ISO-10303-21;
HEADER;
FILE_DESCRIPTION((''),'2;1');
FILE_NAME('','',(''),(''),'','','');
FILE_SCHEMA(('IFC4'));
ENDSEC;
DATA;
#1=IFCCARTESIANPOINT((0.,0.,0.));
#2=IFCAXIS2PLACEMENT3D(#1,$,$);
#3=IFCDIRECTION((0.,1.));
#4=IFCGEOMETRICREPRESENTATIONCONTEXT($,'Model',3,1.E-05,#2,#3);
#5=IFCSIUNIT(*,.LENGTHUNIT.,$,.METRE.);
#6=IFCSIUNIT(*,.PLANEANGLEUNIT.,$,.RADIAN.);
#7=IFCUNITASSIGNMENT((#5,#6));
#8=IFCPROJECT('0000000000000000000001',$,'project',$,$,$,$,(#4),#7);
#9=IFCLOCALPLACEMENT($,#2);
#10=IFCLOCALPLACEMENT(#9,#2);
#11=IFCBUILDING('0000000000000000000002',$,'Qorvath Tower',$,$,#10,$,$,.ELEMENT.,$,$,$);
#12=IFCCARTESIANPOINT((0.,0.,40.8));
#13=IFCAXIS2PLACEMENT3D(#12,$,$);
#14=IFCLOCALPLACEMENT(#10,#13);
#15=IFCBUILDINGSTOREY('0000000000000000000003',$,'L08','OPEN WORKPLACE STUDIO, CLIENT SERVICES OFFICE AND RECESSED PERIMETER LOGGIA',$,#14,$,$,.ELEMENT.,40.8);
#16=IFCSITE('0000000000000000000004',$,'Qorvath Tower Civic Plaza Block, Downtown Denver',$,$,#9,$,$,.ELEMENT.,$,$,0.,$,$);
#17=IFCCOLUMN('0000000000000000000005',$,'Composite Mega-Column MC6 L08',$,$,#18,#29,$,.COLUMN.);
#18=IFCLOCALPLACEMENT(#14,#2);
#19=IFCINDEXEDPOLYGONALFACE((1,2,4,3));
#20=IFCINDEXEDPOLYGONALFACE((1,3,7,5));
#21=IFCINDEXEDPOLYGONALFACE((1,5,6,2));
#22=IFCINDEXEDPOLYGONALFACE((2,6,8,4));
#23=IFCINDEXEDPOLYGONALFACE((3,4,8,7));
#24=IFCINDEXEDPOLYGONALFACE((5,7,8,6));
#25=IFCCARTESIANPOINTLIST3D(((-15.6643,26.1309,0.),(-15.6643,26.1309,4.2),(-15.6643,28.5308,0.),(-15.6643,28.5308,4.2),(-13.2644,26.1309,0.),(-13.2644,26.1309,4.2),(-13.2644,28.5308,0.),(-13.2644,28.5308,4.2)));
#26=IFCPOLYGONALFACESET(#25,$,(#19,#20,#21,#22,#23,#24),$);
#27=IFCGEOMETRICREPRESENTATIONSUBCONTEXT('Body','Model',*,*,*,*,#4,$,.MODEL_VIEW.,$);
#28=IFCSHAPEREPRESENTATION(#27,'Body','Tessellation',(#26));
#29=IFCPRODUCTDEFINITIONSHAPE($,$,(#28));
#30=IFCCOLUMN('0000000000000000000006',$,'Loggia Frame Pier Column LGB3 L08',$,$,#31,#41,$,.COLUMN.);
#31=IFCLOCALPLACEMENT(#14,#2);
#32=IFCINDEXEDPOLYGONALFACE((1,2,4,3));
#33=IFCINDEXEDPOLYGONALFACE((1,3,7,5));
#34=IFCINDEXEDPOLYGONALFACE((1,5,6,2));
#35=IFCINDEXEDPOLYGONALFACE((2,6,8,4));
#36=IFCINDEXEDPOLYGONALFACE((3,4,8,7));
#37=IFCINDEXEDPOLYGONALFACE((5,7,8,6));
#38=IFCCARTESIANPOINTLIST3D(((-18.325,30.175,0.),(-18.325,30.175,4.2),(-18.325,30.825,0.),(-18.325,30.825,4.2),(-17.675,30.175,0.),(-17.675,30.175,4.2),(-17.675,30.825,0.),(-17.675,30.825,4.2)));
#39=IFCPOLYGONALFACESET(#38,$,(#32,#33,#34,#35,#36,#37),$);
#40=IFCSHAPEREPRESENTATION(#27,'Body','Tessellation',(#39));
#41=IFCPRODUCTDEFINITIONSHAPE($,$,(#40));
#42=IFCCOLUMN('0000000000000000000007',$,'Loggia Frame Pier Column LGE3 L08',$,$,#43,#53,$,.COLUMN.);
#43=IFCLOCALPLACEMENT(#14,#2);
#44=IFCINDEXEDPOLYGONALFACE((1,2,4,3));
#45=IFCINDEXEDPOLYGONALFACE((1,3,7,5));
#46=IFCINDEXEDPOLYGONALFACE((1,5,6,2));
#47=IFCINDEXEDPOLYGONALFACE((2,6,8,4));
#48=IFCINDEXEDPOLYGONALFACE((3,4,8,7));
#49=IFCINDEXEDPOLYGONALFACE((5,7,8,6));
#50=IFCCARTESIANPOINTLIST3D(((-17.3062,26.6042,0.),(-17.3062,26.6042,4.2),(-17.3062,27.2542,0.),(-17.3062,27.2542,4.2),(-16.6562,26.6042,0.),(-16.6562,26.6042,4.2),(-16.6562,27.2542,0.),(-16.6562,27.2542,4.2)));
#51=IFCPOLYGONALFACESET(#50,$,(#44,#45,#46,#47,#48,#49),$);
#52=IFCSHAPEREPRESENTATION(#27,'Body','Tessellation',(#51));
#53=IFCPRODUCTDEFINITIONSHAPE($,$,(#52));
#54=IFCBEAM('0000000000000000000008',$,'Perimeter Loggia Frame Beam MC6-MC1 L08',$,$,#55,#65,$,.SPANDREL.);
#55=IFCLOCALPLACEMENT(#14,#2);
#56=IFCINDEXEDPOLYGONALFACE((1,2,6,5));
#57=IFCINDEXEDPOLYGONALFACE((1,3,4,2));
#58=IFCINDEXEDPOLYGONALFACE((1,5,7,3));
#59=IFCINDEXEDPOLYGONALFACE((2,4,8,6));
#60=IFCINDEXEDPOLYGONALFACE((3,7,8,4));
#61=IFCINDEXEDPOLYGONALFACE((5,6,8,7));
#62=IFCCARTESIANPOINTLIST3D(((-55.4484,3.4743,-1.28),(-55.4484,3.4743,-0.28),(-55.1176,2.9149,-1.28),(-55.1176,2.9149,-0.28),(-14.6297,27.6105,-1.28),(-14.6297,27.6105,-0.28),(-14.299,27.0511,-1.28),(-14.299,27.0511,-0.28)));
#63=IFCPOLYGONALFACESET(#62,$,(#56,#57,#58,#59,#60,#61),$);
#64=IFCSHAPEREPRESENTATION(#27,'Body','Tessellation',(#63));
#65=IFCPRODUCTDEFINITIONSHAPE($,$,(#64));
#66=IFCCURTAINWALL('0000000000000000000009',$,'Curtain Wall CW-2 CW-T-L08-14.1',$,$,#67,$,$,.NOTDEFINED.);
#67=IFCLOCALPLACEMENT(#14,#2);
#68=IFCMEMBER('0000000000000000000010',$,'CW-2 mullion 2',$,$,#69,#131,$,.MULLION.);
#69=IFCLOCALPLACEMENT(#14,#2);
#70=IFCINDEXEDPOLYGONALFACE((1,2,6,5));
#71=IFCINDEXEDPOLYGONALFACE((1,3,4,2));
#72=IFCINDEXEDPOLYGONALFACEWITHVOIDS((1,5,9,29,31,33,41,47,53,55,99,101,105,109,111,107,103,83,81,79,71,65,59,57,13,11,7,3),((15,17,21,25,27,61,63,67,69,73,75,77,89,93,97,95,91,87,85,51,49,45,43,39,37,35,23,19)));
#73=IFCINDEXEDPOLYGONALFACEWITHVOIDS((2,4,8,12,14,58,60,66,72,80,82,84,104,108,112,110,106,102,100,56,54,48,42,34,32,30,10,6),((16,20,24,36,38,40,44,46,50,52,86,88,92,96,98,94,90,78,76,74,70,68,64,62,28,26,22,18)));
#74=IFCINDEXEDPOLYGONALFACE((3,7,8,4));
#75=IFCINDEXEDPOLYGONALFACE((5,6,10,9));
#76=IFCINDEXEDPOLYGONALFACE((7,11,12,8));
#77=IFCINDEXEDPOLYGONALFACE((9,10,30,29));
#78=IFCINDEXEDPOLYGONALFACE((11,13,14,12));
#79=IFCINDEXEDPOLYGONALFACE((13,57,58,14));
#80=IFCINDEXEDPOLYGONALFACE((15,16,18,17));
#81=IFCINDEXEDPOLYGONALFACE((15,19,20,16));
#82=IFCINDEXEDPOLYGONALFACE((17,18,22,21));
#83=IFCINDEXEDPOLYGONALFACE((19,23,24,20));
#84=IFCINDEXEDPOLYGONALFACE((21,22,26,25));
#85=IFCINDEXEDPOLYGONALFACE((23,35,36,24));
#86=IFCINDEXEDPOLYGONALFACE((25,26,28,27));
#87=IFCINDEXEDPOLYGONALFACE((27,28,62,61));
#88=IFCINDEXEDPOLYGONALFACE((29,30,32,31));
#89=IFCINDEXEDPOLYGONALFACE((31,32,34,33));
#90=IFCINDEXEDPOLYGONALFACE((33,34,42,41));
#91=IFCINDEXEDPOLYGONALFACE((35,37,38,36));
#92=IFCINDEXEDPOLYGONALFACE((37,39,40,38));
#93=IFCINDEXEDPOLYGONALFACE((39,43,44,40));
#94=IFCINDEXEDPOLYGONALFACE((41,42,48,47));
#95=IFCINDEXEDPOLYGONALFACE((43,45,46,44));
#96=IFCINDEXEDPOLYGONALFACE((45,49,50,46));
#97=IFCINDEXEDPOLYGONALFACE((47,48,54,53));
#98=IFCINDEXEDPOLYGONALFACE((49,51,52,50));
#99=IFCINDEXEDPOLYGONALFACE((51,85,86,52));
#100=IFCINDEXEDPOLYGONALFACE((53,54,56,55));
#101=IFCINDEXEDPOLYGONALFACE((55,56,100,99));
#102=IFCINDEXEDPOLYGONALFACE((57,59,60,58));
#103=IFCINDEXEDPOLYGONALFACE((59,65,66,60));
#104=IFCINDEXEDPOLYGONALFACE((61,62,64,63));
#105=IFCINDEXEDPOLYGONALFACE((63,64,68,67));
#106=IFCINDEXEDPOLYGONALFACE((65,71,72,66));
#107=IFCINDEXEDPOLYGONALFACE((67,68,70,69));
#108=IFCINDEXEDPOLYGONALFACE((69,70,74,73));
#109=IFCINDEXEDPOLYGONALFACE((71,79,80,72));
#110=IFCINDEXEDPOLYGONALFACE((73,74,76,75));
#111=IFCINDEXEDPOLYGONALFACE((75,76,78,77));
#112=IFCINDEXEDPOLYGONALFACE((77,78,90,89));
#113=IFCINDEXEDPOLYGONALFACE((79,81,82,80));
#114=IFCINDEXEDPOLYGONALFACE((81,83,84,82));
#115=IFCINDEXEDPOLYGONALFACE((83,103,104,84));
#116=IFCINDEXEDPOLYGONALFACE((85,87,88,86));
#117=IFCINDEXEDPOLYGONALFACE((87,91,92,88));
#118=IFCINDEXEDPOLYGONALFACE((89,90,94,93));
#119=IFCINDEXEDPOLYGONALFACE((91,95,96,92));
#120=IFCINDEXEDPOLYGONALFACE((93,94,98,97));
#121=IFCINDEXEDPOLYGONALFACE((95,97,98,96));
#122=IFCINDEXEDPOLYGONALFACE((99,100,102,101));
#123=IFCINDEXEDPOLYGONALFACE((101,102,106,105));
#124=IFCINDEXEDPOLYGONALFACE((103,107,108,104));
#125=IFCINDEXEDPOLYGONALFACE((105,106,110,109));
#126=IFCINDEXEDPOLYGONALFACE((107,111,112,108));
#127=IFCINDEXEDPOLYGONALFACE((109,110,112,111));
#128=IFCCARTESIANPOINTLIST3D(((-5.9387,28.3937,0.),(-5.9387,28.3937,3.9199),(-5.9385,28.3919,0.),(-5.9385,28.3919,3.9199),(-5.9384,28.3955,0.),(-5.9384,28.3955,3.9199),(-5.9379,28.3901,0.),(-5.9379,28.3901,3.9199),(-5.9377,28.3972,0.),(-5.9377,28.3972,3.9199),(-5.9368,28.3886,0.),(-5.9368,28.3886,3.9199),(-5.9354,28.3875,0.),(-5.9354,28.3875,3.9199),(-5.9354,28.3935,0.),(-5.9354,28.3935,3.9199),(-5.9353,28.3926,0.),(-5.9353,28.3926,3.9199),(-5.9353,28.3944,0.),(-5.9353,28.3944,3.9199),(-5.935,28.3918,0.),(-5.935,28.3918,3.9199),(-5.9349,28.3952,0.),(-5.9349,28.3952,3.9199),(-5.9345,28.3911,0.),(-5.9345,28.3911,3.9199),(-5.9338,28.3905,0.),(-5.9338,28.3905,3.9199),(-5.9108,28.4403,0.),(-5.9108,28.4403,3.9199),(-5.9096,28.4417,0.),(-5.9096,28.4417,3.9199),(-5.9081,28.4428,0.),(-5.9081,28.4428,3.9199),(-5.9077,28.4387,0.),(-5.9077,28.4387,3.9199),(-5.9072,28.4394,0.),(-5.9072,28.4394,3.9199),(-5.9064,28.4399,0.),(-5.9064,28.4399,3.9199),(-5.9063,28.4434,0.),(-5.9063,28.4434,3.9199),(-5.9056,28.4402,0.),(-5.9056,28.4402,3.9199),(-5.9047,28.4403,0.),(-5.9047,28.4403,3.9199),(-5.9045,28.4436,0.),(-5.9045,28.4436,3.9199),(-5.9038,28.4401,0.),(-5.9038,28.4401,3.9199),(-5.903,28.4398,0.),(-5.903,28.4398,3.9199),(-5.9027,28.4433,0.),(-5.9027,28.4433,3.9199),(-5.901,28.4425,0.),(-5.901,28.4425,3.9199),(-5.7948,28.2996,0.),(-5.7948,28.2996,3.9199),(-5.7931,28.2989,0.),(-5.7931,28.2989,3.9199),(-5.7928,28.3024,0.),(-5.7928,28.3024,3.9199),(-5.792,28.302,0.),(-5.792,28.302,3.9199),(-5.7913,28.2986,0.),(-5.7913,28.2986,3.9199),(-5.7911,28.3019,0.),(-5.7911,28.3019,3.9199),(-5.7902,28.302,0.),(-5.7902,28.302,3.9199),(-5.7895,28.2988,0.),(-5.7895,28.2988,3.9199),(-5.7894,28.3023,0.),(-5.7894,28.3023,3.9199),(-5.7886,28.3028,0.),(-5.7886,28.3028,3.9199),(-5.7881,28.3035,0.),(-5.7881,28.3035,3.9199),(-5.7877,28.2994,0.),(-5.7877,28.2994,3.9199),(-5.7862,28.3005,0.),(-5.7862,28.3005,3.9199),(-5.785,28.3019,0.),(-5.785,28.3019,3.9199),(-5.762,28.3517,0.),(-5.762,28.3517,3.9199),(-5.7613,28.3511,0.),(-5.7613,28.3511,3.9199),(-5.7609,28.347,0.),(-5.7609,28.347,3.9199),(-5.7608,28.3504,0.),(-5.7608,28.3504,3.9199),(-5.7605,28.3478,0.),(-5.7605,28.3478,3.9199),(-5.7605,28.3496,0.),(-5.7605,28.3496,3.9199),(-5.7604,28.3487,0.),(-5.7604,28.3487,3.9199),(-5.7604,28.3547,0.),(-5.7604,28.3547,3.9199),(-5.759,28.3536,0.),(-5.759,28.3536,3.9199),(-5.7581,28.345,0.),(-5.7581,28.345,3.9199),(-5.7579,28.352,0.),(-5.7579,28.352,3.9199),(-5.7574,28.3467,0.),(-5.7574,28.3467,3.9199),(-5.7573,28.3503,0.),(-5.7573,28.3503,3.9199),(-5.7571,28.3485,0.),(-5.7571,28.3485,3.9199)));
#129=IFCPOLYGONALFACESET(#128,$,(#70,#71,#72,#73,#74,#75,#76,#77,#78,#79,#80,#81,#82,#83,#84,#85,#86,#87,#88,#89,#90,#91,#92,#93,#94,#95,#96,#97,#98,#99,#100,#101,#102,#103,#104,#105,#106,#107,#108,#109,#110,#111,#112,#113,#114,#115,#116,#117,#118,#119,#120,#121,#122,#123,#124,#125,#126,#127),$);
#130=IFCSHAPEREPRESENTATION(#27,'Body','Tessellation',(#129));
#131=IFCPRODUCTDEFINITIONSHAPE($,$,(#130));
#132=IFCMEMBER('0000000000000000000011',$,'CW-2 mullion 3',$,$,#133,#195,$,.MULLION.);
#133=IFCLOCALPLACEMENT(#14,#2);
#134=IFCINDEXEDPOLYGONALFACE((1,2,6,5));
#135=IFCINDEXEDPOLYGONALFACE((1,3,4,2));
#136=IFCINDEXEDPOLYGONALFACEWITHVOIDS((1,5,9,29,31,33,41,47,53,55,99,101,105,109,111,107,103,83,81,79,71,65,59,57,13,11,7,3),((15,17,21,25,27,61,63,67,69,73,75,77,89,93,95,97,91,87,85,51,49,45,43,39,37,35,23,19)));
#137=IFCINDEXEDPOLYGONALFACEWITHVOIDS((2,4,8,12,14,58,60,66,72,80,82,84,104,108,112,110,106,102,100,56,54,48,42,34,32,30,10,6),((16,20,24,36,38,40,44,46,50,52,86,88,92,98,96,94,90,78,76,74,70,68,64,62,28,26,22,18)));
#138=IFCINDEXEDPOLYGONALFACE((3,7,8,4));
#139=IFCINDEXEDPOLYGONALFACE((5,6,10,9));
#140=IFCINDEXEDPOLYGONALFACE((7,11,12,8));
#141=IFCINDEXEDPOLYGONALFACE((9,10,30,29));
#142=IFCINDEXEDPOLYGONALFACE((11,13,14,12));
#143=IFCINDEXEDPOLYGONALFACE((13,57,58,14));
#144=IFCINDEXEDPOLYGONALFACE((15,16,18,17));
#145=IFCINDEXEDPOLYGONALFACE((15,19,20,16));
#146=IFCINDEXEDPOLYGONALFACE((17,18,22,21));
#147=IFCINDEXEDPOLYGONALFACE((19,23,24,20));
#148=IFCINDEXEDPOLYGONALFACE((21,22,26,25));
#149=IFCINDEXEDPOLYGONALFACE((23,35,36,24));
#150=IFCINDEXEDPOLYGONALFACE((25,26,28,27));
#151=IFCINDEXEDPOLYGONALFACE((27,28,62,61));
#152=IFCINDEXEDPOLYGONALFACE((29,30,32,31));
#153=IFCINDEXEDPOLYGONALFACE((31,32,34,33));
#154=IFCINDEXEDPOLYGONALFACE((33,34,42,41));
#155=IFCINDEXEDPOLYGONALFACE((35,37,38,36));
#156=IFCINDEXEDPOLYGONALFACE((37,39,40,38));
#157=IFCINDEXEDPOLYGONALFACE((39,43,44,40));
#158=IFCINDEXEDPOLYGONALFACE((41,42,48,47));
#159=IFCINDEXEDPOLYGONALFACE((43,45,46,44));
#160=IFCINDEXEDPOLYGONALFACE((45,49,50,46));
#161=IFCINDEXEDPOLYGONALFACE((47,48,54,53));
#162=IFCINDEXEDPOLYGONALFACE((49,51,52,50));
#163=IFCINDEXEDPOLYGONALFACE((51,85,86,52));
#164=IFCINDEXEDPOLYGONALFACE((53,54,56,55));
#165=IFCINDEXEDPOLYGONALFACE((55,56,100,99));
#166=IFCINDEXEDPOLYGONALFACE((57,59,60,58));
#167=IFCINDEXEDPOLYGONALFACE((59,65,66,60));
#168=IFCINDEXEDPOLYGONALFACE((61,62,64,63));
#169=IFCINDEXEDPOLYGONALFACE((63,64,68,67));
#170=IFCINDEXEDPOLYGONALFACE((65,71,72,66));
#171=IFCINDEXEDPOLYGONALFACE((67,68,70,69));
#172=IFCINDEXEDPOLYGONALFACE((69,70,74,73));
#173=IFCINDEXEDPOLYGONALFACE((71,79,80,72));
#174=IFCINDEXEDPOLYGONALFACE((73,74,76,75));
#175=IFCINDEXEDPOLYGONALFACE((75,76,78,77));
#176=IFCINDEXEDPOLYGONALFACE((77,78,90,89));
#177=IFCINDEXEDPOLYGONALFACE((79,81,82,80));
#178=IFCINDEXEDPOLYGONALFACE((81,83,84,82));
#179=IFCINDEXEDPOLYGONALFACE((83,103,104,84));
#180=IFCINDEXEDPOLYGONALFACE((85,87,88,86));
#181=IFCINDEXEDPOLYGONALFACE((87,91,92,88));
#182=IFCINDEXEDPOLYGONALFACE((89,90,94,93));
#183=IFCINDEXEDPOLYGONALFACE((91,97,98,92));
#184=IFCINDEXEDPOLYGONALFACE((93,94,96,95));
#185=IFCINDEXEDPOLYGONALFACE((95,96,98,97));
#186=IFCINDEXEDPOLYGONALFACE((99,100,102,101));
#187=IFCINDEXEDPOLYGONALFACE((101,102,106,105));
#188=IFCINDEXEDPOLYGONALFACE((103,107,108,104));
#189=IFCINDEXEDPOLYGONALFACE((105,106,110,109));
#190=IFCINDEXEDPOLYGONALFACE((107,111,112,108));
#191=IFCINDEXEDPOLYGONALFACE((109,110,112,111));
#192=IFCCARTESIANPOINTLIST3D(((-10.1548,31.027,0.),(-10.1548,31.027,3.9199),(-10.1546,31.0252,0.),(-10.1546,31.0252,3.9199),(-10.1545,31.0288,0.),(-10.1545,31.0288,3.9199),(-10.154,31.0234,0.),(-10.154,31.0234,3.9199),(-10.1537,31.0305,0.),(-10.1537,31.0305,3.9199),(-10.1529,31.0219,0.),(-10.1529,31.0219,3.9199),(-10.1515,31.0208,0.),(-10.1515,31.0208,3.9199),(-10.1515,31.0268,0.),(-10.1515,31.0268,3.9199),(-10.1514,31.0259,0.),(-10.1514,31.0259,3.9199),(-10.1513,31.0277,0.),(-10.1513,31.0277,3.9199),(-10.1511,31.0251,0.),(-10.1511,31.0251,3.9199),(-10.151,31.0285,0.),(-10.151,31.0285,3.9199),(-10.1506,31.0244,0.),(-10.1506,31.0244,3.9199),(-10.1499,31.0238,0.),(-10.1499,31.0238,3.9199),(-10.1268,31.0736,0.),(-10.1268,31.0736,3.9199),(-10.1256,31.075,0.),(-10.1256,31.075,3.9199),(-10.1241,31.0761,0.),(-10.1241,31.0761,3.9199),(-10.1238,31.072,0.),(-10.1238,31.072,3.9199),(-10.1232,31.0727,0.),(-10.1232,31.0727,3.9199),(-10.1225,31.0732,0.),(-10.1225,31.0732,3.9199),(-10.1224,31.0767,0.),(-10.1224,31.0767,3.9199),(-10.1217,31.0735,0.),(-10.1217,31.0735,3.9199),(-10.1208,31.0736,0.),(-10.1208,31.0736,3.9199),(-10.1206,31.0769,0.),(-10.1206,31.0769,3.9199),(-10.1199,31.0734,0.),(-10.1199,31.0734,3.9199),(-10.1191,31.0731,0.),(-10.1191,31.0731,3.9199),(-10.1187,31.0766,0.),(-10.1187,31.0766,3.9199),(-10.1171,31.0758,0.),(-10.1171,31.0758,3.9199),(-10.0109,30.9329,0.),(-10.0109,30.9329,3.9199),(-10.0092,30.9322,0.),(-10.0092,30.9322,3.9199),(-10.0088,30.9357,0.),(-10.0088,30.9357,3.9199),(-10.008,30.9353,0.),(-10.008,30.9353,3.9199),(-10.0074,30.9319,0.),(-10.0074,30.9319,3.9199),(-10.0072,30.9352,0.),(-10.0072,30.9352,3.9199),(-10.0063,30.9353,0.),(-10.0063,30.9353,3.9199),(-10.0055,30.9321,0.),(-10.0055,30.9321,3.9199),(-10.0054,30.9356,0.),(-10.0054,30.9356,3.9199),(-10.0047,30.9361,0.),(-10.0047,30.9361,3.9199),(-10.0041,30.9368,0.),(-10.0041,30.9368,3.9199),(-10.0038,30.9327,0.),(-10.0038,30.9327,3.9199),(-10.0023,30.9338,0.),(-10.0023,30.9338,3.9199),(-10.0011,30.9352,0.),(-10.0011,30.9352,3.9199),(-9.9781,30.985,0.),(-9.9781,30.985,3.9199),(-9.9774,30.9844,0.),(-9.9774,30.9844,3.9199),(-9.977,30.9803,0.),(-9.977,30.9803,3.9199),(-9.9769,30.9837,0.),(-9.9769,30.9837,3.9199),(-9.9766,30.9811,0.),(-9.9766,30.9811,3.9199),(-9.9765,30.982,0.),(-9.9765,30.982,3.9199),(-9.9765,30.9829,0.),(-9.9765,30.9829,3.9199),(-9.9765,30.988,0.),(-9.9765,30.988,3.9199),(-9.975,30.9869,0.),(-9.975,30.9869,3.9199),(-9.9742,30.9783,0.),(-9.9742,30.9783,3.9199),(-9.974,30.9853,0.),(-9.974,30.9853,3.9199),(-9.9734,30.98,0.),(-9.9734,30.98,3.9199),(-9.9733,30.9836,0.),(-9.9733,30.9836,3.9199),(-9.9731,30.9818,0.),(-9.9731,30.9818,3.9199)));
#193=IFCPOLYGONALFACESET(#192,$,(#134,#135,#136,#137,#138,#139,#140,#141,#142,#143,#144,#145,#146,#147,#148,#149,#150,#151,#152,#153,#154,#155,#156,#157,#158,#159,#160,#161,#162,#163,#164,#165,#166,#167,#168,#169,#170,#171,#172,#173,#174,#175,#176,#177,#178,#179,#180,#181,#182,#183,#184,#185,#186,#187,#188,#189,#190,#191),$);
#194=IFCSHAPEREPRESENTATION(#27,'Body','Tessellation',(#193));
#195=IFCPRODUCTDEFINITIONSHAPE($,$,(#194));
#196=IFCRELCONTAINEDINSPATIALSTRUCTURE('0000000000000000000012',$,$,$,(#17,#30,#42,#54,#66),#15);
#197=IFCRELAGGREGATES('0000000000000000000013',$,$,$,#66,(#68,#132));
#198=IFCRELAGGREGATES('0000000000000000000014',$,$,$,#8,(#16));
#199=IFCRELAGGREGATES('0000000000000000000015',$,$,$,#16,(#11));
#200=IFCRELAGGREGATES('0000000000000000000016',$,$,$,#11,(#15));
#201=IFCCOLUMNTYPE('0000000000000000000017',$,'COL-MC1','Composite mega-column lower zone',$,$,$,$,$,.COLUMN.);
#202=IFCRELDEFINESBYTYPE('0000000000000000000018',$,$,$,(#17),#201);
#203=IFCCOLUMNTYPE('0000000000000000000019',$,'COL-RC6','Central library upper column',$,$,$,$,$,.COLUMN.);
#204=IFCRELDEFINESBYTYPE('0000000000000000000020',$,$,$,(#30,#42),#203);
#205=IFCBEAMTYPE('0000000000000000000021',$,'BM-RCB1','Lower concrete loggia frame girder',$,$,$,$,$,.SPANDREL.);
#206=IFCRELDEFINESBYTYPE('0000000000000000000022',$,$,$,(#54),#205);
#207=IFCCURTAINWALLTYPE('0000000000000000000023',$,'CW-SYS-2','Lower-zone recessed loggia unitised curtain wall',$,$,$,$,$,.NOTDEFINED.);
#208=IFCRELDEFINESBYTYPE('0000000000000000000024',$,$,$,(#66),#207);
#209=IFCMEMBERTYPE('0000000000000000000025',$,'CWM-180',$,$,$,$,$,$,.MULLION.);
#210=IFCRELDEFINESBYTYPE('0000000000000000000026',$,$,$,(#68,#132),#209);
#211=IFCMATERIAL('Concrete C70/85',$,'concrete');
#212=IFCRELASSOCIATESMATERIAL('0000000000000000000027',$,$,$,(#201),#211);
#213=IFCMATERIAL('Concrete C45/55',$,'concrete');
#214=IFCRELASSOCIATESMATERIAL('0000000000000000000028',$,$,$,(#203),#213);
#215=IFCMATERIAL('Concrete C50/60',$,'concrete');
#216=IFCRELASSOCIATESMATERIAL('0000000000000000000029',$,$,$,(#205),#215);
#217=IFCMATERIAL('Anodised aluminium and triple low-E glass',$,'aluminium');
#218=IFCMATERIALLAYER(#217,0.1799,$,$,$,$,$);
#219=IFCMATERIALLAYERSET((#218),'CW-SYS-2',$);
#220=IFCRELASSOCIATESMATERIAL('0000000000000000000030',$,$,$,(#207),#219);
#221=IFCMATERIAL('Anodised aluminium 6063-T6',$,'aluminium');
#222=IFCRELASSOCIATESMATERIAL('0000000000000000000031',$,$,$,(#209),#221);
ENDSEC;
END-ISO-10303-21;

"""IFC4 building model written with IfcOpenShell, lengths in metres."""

from ifc_helpers import new_model, si_unit, direction, frame, origin, origin_2d, place, context, subcontext, project, spatial, rectangle, hollow_rectangle, extrude, material, layer, layer_set, material_profile, profile_set, type_object, element, aggregate, save


model = new_model("IFC4")

# Units and contexts
model_context = context("Model", 3, precision=1e-05, world=origin(), true_north=direction((0.0, 1.0)))
body_context = subcontext(model_context, "Body", "Model", "MODEL_VIEW")
ifc_project = project(units=[si_unit("LENGTHUNIT", "METRE"), si_unit("PLANEANGLEUNIT", "RADIAN")], contexts=[model_context])

# Site, building, storey
site_placement = place(None, origin())
site = spatial("IfcSite", under=ifc_project, at=site_placement, Name="Qorvath Tower Civic Plaza Block, Downtown Denver", CompositionType="ELEMENT", RefElevation=0.0)
building_placement = place(site_placement, origin())
building = spatial("IfcBuilding", under=site, at=building_placement, Name="Qorvath Tower", CompositionType="ELEMENT")
storey_placement = place(building_placement, frame((0.0, 0.0, 40.8)))
storey = spatial("IfcBuildingStorey", under=building, at=storey_placement, Name="L08", Description="OPEN WORKPLACE STUDIO, CLIENT SERVICES OFFICE AND RECESSED PERIMETER LOGGIA", CompositionType="ELEMENT", Elevation=40.8)

# Columns
ifc_material_1 = material(Name="Concrete C70/85", Category="concrete")
ifc_material_profile_1 = material_profile(ifc_material_1, rectangle(XDim=2.3999, YDim=2.3999, at=origin_2d()), Name="MC 2400x2400")
ifc_profile_set_1 = profile_set([ifc_material_profile_1], Name="Concrete C70/85")
column_type_1 = type_object("IfcColumnType", Name="COL-MC1", Description="Composite mega-column lower zone", PredefinedType="COLUMN", material=ifc_profile_set_1)
column_placement = place(storey_placement, frame((-14.4644, 27.3308, 0.0), z_axis=(0.0, 0.0, 1.0), x_axis=(1.0, 0.0, 0.0)))
element("IfcColumn", 1, at=column_placement, inside=storey, type_object=column_type_1, Name="Composite Mega-Column MC6 L08", PredefinedType="COLUMN", context=body_context, shape_type="SweptSolid", body=[
    extrude(rectangle(XDim=2.3999, YDim=2.3999, at=origin_2d()), origin(), (0.0, 0.0, 1.0), 4.2),
])
ifc_material_2 = material(Name="Concrete C45/55", Category="concrete")
ifc_material_profile_2 = material_profile(ifc_material_2, rectangle(XDim=0.6499, YDim=0.6499, at=origin_2d()), Name="RC 650x650")
ifc_profile_set_2 = profile_set([ifc_material_profile_2], Name="Concrete C45/55")
column_type_2 = type_object("IfcColumnType", Name="COL-RC6", Description="Central library upper column", PredefinedType="COLUMN", material=ifc_profile_set_2)
for number, where, z_axis, x_axis, name in (
    (2, (-18.0, 30.5, 0.0), (0.0, 0.0, 1.0), (1.0, 0.0, 0.0), "Loggia Frame Pier Column LGB3 L08"),
    (3, (-16.9812, 26.9292, 0.0), (0.0, 0.0, 1.0), (1.0, 0.0, 0.0), "Loggia Frame Pier Column LGE3 L08"),
):
    element("IfcColumn", number, at=place(storey_placement, frame(where, z_axis=z_axis, x_axis=x_axis)), inside=storey, type_object=column_type_2, Name=name, PredefinedType="COLUMN", context=body_context, shape_type="SweptSolid", body=[
        extrude(rectangle(XDim=0.6499, YDim=0.6499, at=origin_2d()), origin(), (0.0, 0.0, 1.0), 4.2),
    ])

# Beam
ifc_material_3 = material(Name="Concrete C50/60", Category="concrete")
ifc_material_profile_3 = material_profile(ifc_material_3, rectangle(XDim=0.6499, YDim=1.0, at=origin_2d()), Name="RCB 1000x650")
ifc_profile_set_3 = profile_set([ifc_material_profile_3], Name="Concrete C50/60")
beam_type = type_object("IfcBeamType", Name="BM-RCB1", Description="Lower concrete loggia frame girder", PredefinedType="SPANDREL", material=ifc_profile_set_3)
beam_placement = place(storey_placement, frame((-14.4644, 27.3308, -0.78), z_axis=(-0.860777, -0.508982, 0.0), x_axis=(0.508982, -0.860777, 0.0)))
element("IfcBeam", 4, at=beam_placement, inside=storey, type_object=beam_type, Name="Perimeter Loggia Frame Beam MC6-MC1 L08", PredefinedType="SPANDREL", context=body_context, shape_type="SweptSolid", body=[
    extrude(rectangle(XDim=0.6499, YDim=1.0, at=origin_2d()), origin(), (0.0, 0.0, 1.0), 47.4207),
])

# Curtain wall, members
ifc_material_4 = material(Name="Anodised aluminium and triple low-E glass", Category="aluminium")
ifc_layer_1 = layer(ifc_material_4, 0.1799)
ifc_layer_set_1 = layer_set([ifc_layer_1], Name="CW-SYS-2")
curtain_wall_type = type_object("IfcCurtainWallType", Name="CW-SYS-2", Description="Lower-zone recessed loggia unitised curtain wall", PredefinedType="NOTDEFINED", material=ifc_layer_set_1)
curtain_wall_1_placement = place(storey_placement, origin())
curtain_wall_1 = element("IfcCurtainWall", 5, at=curtain_wall_1_placement, inside=storey, type_object=curtain_wall_type, Name="Curtain Wall CW-2 CW-T-L08-14.1", PredefinedType="NOTDEFINED")
ifc_material_5 = material(Name="Anodised aluminium 6063-T6", Category="aluminium")
ifc_material_profile_4 = material_profile(ifc_material_5, hollow_rectangle(XDim=0.0649, YDim=0.1799, WallThickness=0.0034, InnerFilletRadius=0.0034, OuterFilletRadius=0.0071, at=origin_2d()), Name="CWM 180x65")
ifc_profile_set_4 = profile_set([ifc_material_profile_4], Name="Anodised aluminium 6063-T6")
member_type_1 = type_object("IfcMemberType", Name="CWM-180", PredefinedType="MULLION", material=ifc_profile_set_4)
member_1_placement = place(storey_placement, frame((-5.8479, 28.3711, 0.0), z_axis=(0.0, 0.0, 1.0), x_axis=(-0.529724, -0.84817, 0.0)))
member_1 = element("IfcMember", 6, at=member_1_placement, type_object=member_type_1, Name="CW-2 mullion 2", PredefinedType="MULLION", context=body_context, shape_type="SweptSolid", body=[
    extrude(hollow_rectangle(XDim=0.0649, YDim=0.1799, WallThickness=0.0034, InnerFilletRadius=0.0034, OuterFilletRadius=0.0071, at=origin_2d()), origin(), (0.0, 0.0, 1.0), 3.9199),
])
member_2_placement = place(storey_placement, frame((-10.064, 31.0044, 0.0), z_axis=(0.0, 0.0, 1.0), x_axis=(-0.529724, -0.84817, 0.0)))
member_2 = element("IfcMember", 7, at=member_2_placement, type_object=member_type_1, Name="CW-2 mullion 3", PredefinedType="MULLION", context=body_context, shape_type="SweptSolid", body=[
    extrude(hollow_rectangle(XDim=0.0649, YDim=0.1799, WallThickness=0.0034, InnerFilletRadius=0.0034, OuterFilletRadius=0.0071, at=origin_2d()), origin(), (0.0, 0.0, 1.0), 3.9199),
])

aggregate(curtain_wall_1, [member_1, member_2])

save(model, "model.ifc")
